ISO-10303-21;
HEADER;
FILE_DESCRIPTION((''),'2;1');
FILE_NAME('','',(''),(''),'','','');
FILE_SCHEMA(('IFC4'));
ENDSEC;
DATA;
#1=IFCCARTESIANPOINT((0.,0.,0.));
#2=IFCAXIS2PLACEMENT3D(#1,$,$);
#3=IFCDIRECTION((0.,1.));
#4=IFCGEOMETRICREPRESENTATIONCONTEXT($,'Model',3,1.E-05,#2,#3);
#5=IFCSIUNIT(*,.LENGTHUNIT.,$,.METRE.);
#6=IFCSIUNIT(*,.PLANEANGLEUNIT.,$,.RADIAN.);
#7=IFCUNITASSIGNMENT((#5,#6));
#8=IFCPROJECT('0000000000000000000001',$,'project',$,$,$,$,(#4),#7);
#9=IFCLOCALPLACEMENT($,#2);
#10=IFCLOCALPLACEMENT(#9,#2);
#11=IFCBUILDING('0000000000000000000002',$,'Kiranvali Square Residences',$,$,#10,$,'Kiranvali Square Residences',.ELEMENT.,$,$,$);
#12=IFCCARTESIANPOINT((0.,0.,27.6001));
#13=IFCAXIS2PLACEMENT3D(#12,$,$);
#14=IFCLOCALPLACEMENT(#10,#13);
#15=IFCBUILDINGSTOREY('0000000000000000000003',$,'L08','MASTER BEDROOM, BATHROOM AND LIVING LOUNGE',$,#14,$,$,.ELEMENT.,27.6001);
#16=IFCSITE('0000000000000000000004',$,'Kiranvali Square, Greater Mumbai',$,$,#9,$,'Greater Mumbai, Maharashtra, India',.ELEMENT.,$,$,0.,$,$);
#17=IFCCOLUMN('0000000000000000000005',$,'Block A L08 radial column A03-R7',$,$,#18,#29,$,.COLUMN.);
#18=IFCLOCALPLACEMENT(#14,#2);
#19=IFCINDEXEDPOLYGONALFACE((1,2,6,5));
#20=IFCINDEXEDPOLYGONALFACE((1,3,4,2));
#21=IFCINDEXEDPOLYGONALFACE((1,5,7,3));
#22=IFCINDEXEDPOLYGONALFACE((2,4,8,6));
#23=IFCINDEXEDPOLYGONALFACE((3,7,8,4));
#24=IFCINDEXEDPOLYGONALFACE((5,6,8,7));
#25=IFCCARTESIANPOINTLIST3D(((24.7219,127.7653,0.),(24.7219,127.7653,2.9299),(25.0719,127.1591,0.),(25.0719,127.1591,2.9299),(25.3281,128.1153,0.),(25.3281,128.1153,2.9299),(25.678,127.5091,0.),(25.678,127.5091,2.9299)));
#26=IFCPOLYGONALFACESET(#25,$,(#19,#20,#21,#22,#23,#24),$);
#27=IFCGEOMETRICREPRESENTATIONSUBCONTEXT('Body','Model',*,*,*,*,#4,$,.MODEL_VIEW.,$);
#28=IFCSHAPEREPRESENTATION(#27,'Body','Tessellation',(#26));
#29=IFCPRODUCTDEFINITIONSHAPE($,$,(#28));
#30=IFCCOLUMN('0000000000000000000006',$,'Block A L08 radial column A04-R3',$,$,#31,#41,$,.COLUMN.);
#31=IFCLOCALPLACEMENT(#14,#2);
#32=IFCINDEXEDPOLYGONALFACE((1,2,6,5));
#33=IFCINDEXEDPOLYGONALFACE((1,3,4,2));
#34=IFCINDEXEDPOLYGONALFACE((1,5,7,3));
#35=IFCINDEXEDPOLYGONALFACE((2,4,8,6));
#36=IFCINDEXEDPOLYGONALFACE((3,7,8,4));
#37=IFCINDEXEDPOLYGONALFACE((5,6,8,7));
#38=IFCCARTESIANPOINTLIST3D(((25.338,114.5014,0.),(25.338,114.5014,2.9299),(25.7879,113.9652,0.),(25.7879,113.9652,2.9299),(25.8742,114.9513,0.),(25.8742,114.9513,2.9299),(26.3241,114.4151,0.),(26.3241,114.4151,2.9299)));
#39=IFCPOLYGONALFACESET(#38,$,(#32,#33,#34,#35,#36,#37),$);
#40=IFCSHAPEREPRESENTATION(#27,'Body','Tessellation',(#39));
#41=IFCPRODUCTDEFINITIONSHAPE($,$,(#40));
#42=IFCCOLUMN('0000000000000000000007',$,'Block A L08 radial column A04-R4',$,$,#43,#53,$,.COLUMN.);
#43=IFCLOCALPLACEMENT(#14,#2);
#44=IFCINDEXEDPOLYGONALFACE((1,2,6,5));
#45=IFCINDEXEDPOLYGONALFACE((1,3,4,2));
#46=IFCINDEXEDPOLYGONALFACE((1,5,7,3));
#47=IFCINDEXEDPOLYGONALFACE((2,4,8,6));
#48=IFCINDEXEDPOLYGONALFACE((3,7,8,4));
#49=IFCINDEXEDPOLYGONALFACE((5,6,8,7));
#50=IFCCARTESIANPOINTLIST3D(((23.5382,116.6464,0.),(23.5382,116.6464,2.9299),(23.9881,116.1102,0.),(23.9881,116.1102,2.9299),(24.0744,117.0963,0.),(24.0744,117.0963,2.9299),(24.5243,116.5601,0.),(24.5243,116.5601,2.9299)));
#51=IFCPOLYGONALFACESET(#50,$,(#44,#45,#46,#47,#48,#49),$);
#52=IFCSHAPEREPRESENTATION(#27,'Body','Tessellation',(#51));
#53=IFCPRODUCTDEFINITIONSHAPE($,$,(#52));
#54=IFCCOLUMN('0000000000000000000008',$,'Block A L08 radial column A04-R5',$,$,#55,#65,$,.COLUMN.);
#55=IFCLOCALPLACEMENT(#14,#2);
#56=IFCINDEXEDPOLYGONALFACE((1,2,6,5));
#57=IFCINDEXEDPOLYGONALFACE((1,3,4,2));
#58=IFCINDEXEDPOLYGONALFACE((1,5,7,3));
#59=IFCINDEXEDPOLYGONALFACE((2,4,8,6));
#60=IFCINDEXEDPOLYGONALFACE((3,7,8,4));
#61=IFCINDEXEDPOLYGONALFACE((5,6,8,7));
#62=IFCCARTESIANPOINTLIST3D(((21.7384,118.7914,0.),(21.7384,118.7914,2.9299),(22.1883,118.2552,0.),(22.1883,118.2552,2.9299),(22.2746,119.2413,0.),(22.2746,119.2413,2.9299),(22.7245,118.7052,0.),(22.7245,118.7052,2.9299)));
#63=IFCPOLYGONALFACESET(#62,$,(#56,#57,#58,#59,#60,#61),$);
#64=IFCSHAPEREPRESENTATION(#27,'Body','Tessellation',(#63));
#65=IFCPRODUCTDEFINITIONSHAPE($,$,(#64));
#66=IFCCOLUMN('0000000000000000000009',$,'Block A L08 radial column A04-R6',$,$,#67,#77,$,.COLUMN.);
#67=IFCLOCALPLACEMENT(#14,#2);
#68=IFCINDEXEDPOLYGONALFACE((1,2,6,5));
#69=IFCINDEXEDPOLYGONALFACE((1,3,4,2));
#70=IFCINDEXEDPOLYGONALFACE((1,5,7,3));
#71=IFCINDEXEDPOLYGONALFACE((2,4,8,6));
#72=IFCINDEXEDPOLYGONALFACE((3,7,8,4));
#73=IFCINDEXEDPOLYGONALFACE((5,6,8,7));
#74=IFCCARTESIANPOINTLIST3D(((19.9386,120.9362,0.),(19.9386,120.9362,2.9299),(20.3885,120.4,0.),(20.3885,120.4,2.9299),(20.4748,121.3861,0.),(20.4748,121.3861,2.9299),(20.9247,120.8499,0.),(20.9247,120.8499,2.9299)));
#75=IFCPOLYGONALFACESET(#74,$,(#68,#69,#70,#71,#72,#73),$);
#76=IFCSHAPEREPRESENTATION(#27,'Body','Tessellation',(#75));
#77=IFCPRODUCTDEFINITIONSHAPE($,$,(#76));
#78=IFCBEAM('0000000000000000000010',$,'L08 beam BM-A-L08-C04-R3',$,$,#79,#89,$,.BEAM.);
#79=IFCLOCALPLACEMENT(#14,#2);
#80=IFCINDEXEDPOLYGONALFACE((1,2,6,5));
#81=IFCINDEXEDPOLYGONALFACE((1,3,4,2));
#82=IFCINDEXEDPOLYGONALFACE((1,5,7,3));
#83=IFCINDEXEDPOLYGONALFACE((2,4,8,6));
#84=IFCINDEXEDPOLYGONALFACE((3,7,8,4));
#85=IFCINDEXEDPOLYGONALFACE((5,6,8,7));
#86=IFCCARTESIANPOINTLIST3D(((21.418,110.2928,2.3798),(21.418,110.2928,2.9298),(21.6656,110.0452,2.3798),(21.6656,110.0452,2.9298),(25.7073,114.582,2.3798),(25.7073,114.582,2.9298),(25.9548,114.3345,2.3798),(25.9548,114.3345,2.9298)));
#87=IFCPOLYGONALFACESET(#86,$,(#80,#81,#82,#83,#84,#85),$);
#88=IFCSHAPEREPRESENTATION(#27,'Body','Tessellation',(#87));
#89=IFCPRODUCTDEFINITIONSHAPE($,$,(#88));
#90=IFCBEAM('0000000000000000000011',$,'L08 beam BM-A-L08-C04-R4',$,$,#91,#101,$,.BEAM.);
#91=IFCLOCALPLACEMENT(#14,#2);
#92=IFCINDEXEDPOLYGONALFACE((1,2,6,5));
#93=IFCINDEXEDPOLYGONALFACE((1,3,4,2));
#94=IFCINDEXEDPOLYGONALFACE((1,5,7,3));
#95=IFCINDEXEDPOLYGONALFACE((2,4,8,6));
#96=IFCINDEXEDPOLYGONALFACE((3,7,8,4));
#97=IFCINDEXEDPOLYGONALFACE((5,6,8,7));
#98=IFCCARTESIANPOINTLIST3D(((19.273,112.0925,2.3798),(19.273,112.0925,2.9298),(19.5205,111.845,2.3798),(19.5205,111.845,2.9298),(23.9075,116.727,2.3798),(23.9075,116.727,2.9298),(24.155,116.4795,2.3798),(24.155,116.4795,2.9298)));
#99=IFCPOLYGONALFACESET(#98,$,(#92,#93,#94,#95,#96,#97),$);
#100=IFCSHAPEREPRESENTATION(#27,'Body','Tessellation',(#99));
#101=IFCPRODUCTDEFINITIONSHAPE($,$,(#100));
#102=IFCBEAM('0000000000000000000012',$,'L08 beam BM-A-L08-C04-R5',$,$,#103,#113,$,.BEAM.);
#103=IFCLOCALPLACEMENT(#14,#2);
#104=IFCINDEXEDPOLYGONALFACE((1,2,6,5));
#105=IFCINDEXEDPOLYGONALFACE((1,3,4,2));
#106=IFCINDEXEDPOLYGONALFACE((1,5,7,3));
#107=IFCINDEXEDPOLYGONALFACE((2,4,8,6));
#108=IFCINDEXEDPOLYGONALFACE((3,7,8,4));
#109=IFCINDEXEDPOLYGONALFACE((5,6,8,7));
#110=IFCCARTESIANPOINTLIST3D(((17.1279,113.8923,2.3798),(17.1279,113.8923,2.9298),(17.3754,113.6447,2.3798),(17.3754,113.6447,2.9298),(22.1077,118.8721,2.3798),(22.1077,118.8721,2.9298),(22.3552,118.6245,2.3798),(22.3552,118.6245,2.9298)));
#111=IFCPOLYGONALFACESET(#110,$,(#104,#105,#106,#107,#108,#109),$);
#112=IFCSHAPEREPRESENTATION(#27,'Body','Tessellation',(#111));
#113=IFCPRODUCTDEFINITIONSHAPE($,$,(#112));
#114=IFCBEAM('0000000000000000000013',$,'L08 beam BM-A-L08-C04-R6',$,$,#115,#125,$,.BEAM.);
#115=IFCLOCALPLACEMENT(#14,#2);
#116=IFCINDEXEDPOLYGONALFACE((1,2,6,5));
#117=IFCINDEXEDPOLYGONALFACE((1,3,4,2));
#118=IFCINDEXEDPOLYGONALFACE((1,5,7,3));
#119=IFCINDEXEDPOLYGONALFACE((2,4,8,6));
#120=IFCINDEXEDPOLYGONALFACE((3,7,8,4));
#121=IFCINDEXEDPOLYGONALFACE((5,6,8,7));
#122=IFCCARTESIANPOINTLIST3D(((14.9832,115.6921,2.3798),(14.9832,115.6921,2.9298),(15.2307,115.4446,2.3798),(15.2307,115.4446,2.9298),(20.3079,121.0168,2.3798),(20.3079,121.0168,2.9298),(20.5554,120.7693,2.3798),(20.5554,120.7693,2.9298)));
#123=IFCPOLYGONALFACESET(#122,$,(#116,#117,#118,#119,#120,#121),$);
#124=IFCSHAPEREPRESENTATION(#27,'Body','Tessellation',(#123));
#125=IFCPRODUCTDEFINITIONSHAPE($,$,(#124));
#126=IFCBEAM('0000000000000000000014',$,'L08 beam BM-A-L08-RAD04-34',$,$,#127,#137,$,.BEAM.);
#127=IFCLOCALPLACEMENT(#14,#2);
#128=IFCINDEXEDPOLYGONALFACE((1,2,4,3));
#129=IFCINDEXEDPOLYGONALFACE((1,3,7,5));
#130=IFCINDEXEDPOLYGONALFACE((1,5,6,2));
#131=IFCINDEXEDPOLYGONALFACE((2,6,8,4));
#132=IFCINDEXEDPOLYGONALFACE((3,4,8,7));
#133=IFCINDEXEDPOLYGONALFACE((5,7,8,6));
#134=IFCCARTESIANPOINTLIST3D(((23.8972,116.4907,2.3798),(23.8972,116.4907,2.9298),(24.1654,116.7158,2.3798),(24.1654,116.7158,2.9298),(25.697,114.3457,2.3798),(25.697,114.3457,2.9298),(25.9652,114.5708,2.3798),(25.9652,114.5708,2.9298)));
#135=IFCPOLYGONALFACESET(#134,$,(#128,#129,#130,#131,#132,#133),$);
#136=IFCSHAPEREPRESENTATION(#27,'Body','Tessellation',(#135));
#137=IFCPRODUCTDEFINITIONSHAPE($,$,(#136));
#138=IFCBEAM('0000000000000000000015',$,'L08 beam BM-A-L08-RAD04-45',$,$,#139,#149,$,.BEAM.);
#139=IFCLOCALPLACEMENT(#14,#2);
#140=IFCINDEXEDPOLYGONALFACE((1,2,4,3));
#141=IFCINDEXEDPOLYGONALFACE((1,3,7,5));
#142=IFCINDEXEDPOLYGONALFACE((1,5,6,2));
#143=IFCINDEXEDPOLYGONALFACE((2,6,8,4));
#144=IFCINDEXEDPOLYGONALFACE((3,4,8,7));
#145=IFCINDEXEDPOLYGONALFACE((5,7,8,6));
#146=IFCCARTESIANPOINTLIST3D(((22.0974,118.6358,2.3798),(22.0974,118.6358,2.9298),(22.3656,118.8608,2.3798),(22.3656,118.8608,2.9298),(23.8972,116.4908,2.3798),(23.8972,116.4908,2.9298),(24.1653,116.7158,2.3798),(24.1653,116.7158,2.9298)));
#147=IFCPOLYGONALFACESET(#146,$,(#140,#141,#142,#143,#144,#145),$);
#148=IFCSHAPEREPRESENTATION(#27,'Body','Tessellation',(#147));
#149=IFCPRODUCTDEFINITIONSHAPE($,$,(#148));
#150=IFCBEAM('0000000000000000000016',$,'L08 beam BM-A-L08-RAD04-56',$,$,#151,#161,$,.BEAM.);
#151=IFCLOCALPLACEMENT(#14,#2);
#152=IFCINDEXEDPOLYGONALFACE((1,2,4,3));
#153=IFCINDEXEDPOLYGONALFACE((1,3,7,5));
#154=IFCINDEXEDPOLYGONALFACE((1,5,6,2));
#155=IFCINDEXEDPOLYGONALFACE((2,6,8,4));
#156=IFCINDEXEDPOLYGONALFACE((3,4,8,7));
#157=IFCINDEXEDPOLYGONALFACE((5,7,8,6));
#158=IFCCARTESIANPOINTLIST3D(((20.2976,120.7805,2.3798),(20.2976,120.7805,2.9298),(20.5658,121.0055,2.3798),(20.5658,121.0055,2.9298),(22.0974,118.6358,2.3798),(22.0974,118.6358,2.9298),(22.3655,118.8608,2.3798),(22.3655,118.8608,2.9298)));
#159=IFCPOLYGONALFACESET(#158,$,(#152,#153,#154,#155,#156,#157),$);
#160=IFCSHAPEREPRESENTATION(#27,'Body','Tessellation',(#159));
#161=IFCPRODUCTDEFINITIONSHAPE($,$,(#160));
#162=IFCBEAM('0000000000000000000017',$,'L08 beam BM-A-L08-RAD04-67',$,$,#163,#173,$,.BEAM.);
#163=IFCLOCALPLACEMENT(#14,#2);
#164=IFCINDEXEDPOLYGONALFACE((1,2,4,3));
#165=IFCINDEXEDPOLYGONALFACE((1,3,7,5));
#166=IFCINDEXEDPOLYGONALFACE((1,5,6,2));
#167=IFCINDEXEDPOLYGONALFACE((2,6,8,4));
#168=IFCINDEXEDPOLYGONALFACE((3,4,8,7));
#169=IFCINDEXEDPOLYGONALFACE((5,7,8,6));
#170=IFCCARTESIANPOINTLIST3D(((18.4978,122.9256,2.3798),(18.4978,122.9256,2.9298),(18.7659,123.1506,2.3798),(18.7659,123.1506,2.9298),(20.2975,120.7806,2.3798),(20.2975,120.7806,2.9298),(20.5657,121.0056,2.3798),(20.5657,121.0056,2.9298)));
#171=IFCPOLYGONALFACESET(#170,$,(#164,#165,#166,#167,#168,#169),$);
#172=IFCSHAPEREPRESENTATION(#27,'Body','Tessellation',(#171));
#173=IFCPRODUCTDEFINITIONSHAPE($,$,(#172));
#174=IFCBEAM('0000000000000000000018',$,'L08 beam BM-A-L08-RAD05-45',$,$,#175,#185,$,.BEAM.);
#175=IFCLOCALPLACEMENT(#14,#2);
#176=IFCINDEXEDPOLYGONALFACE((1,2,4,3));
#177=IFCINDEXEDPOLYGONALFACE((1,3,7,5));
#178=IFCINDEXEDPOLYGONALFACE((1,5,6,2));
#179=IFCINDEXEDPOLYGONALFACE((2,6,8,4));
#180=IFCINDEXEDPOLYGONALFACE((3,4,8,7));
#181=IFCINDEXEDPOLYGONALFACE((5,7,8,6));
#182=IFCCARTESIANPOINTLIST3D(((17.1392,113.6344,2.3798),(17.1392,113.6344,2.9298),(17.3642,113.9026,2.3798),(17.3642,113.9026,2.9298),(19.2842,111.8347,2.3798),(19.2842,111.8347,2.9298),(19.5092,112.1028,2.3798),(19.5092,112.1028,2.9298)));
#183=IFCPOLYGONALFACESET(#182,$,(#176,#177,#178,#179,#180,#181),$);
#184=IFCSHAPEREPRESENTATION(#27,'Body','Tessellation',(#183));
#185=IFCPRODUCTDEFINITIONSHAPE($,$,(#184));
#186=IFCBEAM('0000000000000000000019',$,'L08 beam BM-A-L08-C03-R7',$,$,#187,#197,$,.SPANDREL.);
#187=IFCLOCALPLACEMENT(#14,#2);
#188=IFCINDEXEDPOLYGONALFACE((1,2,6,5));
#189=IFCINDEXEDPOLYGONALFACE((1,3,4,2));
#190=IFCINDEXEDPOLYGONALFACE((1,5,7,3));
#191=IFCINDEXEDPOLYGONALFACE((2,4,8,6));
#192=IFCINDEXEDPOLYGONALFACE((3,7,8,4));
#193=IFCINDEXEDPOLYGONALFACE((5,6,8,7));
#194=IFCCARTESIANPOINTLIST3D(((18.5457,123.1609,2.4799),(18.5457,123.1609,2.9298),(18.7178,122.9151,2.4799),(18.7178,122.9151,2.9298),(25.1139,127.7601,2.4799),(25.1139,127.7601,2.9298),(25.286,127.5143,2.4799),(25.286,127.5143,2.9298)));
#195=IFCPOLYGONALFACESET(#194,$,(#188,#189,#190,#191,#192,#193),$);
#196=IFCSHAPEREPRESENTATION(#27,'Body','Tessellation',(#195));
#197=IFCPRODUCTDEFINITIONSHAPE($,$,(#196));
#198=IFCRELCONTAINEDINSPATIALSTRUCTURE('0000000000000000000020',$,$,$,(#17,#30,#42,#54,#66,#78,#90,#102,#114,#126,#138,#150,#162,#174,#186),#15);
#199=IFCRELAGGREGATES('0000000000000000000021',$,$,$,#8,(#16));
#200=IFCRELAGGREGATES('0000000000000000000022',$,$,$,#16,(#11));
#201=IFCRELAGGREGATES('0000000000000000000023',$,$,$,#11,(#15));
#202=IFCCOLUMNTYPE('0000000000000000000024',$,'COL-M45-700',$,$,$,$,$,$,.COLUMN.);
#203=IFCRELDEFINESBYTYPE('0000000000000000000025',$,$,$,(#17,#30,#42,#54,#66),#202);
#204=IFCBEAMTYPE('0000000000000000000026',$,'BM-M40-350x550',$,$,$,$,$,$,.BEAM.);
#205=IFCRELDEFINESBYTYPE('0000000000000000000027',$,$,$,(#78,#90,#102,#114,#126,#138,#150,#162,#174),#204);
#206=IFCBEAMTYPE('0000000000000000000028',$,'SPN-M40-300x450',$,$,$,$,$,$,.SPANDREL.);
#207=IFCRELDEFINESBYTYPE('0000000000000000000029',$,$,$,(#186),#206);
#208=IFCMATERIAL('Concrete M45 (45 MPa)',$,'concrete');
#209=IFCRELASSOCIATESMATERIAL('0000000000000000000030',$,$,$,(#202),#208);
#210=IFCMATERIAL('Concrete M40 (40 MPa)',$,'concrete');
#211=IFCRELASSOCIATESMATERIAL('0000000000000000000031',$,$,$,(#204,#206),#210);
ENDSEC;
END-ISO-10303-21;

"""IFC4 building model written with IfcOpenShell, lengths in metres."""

from ifc_helpers import new_model, si_unit, direction, frame, origin, origin_2d, place, context, subcontext, project, spatial, rectangle, extrude, material, material_profile, profile_set, type_object, element, save


model = new_model("IFC4")

# Units and contexts
model_context = context("Model", 3, precision=1e-05, world=origin(), true_north=direction((0.0, 1.0)))
body_context = subcontext(model_context, "Body", "Model", "MODEL_VIEW")
ifc_project = project(units=[si_unit("LENGTHUNIT", "METRE"), si_unit("PLANEANGLEUNIT", "RADIAN")], contexts=[model_context])

# Site, building, storey
site_placement = place(None, origin())
site = spatial("IfcSite", under=ifc_project, at=site_placement, Name="Kiranvali Square, Greater Mumbai", LongName="Greater Mumbai, Maharashtra, India", CompositionType="ELEMENT", RefElevation=0.0)
building_placement = place(site_placement, origin())
building = spatial("IfcBuilding", under=site, at=building_placement, Name="Kiranvali Square Residences", LongName="Kiranvali Square Residences", CompositionType="ELEMENT")
storey_placement = place(building_placement, frame((0.0, 0.0, 27.6001)))
storey = spatial("IfcBuildingStorey", under=building, at=storey_placement, Name="L08", Description="MASTER BEDROOM, BATHROOM AND LIVING LOUNGE", CompositionType="ELEMENT", Elevation=27.6001)

# Columns
ifc_material_1 = material(Name="Concrete M45 (45 MPa)", Category="concrete")
ifc_material_profile_1 = material_profile(ifc_material_1, rectangle(XDim=0.7, YDim=0.7, at=origin_2d()), Name="RC 700x700")
ifc_profile_set_1 = profile_set([ifc_material_profile_1], Name="Concrete M45 (45 MPa)")
column_type = type_object("IfcColumnType", Name="COL-M45-700", PredefinedType="COLUMN", material=ifc_profile_set_1)
for number, where, z_axis, x_axis, name in (
    (1, (25.2, 127.6372, 0.0), (0.0, 0.0, 1.0), (0.866025, 0.5, 0.0), "Block A L08 radial column A03-R7"),
    (2, (25.8311, 114.4583, 0.0), (0.0, 0.0, 1.0), (0.766044, 0.642788, 0.0), "Block A L08 radial column A04-R3"),
    (3, (24.0312, 116.6033, 0.0), (0.0, 0.0, 1.0), (0.766044, 0.642788, 0.0), "Block A L08 radial column A04-R4"),
    (4, (22.2314, 118.7483, 0.0), (0.0, 0.0, 1.0), (0.766044, 0.642788, 0.0), "Block A L08 radial column A04-R5"),
    (5, (20.4316, 120.8931, 0.0), (0.0, 0.0, 1.0), (0.766044, 0.642788, 0.0), "Block A L08 radial column A04-R6"),
):
    element("IfcColumn", number, at=place(storey_placement, frame(where, z_axis=z_axis, x_axis=x_axis)), inside=storey, type_object=column_type, Name=name, PredefinedType="COLUMN", context=body_context, shape_type="SweptSolid", body=[
        extrude(rectangle(XDim=0.7, YDim=0.7, at=origin_2d()), origin(), (0.0, 0.0, 1.0), 2.9299),
    ])

# Beams
ifc_material_2 = material(Name="Concrete M40 (40 MPa)", Category="concrete")
ifc_material_profile_2 = material_profile(ifc_material_2, rectangle(XDim=0.3501, YDim=0.55, at=origin_2d()), Name="RC 350x550")
ifc_profile_set_2 = profile_set([ifc_material_profile_2], Name="Concrete M40 (40 MPa)")
beam_type_1 = type_object("IfcBeamType", Name="BM-M40-350x550", PredefinedType="BEAM", material=ifc_profile_set_2)
beam_1_placement = place(storey_placement, frame((25.8311, 114.4583, 2.6548), z_axis=(-0.707107, -0.707107, 0.0), x_axis=(0.707107, -0.707107, 0.0)))
element("IfcBeam", 6, at=beam_1_placement, inside=storey, type_object=beam_type_1, Name="L08 beam BM-A-L08-C04-R3", PredefinedType="BEAM", context=body_context, shape_type="SweptSolid", body=[
    extrude(rectangle(XDim=0.3501, YDim=0.55, at=origin_2d()), origin(), (0.0, 0.0, 1.0), 6.0659),
])
beam_2_placement = place(storey_placement, frame((24.0312, 116.6033, 2.6548), z_axis=(-0.707107, -0.707107, 0.0), x_axis=(0.707107, -0.707107, 0.0)))
element("IfcBeam", 7, at=beam_2_placement, inside=storey, type_object=beam_type_1, Name="L08 beam BM-A-L08-C04-R4", PredefinedType="BEAM", context=body_context, shape_type="SweptSolid", body=[
    extrude(rectangle(XDim=0.3501, YDim=0.55, at=origin_2d()), origin(), (0.0, 0.0, 1.0), 6.5542),
])
beam_3_placement = place(storey_placement, frame((22.2314, 118.7483, 2.6548), z_axis=(-0.707107, -0.707107, 0.0), x_axis=(0.707107, -0.707107, 0.0)))
element("IfcBeam", 8, at=beam_3_placement, inside=storey, type_object=beam_type_1, Name="L08 beam BM-A-L08-C04-R5", PredefinedType="BEAM", context=body_context, shape_type="SweptSolid", body=[
    extrude(rectangle(XDim=0.3501, YDim=0.55, at=origin_2d()), origin(), (0.0, 0.0, 1.0), 7.0425),
])
beam_4_placement = place(storey_placement, frame((20.4316, 120.8931, 2.6548), z_axis=(-0.707107, -0.707107, 0.0), x_axis=(0.707107, -0.707107, 0.0)))
element("IfcBeam", 9, at=beam_4_placement, inside=storey, type_object=beam_type_1, Name="L08 beam BM-A-L08-C04-R6", PredefinedType="BEAM", context=body_context, shape_type="SweptSolid", body=[
    extrude(rectangle(XDim=0.3501, YDim=0.55, at=origin_2d()), origin(), (0.0, 0.0, 1.0), 7.5303),
])
for number, where, z_axis, x_axis, name in (
    (10, (25.8311, 114.4583, 2.6548), (-0.642771, 0.766059, 0.0), (-0.766059, -0.642771, 0.0), "L08 beam BM-A-L08-RAD04-34"),
    (11, (24.0312, 116.6033, 2.6548), (-0.642771, 0.766059, 0.0), (-0.766059, -0.642771, 0.0), "L08 beam BM-A-L08-RAD04-45"),
):
    element("IfcBeam", number, at=place(storey_placement, frame(where, z_axis=z_axis, x_axis=x_axis)), inside=storey, type_object=beam_type_1, Name=name, PredefinedType="BEAM", context=body_context, shape_type="SweptSolid", body=[
        extrude(rectangle(XDim=0.3501, YDim=0.55, at=origin_2d()), origin(), (0.0, 0.0, 1.0), 2.8),
    ])
beam_5_placement = place(storey_placement, frame((22.2314, 118.7483, 2.6548), z_axis=(-0.642814, 0.766023, 0.0), x_axis=(-0.766023, -0.642814, 0.0)))
element("IfcBeam", 12, at=beam_5_placement, inside=storey, type_object=beam_type_1, Name="L08 beam BM-A-L08-RAD04-56", PredefinedType="BEAM", context=body_context, shape_type="SweptSolid", body=[
    extrude(rectangle(XDim=0.3501, YDim=0.55, at=origin_2d()), origin(), (0.0, 0.0, 1.0), 2.7998),
])
for number, where, z_axis, x_axis, name in (
    (13, (20.4316, 120.8931, 2.6548), (-0.642771, 0.766059, 0.0), (-0.766059, -0.642771, 0.0), "L08 beam BM-A-L08-RAD04-67"),
    (14, (19.3967, 111.9688, 2.6548), (-0.766059, 0.642771, 0.0), (-0.642771, -0.766059, 0.0), "L08 beam BM-A-L08-RAD05-45"),
):
    element("IfcBeam", number, at=place(storey_placement, frame(where, z_axis=z_axis, x_axis=x_axis)), inside=storey, type_object=beam_type_1, Name=name, PredefinedType="BEAM", context=body_context, shape_type="SweptSolid", body=[
        extrude(rectangle(XDim=0.3501, YDim=0.55, at=origin_2d()), origin(), (0.0, 0.0, 1.0), 2.8),
    ])
ifc_material_profile_3 = material_profile(ifc_material_2, rectangle(XDim=0.3, YDim=0.45, at=origin_2d()), Name="RC 300x450")
ifc_profile_set_3 = profile_set([ifc_material_profile_3], Name="Concrete M40 (40 MPa)")
beam_type_2 = type_object("IfcBeamType", Name="SPN-M40-300x450", PredefinedType="SPANDREL", material=ifc_profile_set_3)
beam_6_placement = place(storey_placement, frame((25.2, 127.6372, 2.7048), z_axis=(-0.819148, -0.573583, 0.0), x_axis=(0.573583, -0.819148, 0.0)))
element("IfcBeam", 15, at=beam_6_placement, inside=storey, type_object=beam_type_2, Name="L08 beam BM-A-L08-C03-R7", PredefinedType="SPANDREL", context=body_context, shape_type="SweptSolid", body=[
    extrude(rectangle(XDim=0.3, YDim=0.45, at=origin_2d()), origin(), (0.0, 0.0, 1.0), 8.0183),
])

save(model, "model.ifc")
